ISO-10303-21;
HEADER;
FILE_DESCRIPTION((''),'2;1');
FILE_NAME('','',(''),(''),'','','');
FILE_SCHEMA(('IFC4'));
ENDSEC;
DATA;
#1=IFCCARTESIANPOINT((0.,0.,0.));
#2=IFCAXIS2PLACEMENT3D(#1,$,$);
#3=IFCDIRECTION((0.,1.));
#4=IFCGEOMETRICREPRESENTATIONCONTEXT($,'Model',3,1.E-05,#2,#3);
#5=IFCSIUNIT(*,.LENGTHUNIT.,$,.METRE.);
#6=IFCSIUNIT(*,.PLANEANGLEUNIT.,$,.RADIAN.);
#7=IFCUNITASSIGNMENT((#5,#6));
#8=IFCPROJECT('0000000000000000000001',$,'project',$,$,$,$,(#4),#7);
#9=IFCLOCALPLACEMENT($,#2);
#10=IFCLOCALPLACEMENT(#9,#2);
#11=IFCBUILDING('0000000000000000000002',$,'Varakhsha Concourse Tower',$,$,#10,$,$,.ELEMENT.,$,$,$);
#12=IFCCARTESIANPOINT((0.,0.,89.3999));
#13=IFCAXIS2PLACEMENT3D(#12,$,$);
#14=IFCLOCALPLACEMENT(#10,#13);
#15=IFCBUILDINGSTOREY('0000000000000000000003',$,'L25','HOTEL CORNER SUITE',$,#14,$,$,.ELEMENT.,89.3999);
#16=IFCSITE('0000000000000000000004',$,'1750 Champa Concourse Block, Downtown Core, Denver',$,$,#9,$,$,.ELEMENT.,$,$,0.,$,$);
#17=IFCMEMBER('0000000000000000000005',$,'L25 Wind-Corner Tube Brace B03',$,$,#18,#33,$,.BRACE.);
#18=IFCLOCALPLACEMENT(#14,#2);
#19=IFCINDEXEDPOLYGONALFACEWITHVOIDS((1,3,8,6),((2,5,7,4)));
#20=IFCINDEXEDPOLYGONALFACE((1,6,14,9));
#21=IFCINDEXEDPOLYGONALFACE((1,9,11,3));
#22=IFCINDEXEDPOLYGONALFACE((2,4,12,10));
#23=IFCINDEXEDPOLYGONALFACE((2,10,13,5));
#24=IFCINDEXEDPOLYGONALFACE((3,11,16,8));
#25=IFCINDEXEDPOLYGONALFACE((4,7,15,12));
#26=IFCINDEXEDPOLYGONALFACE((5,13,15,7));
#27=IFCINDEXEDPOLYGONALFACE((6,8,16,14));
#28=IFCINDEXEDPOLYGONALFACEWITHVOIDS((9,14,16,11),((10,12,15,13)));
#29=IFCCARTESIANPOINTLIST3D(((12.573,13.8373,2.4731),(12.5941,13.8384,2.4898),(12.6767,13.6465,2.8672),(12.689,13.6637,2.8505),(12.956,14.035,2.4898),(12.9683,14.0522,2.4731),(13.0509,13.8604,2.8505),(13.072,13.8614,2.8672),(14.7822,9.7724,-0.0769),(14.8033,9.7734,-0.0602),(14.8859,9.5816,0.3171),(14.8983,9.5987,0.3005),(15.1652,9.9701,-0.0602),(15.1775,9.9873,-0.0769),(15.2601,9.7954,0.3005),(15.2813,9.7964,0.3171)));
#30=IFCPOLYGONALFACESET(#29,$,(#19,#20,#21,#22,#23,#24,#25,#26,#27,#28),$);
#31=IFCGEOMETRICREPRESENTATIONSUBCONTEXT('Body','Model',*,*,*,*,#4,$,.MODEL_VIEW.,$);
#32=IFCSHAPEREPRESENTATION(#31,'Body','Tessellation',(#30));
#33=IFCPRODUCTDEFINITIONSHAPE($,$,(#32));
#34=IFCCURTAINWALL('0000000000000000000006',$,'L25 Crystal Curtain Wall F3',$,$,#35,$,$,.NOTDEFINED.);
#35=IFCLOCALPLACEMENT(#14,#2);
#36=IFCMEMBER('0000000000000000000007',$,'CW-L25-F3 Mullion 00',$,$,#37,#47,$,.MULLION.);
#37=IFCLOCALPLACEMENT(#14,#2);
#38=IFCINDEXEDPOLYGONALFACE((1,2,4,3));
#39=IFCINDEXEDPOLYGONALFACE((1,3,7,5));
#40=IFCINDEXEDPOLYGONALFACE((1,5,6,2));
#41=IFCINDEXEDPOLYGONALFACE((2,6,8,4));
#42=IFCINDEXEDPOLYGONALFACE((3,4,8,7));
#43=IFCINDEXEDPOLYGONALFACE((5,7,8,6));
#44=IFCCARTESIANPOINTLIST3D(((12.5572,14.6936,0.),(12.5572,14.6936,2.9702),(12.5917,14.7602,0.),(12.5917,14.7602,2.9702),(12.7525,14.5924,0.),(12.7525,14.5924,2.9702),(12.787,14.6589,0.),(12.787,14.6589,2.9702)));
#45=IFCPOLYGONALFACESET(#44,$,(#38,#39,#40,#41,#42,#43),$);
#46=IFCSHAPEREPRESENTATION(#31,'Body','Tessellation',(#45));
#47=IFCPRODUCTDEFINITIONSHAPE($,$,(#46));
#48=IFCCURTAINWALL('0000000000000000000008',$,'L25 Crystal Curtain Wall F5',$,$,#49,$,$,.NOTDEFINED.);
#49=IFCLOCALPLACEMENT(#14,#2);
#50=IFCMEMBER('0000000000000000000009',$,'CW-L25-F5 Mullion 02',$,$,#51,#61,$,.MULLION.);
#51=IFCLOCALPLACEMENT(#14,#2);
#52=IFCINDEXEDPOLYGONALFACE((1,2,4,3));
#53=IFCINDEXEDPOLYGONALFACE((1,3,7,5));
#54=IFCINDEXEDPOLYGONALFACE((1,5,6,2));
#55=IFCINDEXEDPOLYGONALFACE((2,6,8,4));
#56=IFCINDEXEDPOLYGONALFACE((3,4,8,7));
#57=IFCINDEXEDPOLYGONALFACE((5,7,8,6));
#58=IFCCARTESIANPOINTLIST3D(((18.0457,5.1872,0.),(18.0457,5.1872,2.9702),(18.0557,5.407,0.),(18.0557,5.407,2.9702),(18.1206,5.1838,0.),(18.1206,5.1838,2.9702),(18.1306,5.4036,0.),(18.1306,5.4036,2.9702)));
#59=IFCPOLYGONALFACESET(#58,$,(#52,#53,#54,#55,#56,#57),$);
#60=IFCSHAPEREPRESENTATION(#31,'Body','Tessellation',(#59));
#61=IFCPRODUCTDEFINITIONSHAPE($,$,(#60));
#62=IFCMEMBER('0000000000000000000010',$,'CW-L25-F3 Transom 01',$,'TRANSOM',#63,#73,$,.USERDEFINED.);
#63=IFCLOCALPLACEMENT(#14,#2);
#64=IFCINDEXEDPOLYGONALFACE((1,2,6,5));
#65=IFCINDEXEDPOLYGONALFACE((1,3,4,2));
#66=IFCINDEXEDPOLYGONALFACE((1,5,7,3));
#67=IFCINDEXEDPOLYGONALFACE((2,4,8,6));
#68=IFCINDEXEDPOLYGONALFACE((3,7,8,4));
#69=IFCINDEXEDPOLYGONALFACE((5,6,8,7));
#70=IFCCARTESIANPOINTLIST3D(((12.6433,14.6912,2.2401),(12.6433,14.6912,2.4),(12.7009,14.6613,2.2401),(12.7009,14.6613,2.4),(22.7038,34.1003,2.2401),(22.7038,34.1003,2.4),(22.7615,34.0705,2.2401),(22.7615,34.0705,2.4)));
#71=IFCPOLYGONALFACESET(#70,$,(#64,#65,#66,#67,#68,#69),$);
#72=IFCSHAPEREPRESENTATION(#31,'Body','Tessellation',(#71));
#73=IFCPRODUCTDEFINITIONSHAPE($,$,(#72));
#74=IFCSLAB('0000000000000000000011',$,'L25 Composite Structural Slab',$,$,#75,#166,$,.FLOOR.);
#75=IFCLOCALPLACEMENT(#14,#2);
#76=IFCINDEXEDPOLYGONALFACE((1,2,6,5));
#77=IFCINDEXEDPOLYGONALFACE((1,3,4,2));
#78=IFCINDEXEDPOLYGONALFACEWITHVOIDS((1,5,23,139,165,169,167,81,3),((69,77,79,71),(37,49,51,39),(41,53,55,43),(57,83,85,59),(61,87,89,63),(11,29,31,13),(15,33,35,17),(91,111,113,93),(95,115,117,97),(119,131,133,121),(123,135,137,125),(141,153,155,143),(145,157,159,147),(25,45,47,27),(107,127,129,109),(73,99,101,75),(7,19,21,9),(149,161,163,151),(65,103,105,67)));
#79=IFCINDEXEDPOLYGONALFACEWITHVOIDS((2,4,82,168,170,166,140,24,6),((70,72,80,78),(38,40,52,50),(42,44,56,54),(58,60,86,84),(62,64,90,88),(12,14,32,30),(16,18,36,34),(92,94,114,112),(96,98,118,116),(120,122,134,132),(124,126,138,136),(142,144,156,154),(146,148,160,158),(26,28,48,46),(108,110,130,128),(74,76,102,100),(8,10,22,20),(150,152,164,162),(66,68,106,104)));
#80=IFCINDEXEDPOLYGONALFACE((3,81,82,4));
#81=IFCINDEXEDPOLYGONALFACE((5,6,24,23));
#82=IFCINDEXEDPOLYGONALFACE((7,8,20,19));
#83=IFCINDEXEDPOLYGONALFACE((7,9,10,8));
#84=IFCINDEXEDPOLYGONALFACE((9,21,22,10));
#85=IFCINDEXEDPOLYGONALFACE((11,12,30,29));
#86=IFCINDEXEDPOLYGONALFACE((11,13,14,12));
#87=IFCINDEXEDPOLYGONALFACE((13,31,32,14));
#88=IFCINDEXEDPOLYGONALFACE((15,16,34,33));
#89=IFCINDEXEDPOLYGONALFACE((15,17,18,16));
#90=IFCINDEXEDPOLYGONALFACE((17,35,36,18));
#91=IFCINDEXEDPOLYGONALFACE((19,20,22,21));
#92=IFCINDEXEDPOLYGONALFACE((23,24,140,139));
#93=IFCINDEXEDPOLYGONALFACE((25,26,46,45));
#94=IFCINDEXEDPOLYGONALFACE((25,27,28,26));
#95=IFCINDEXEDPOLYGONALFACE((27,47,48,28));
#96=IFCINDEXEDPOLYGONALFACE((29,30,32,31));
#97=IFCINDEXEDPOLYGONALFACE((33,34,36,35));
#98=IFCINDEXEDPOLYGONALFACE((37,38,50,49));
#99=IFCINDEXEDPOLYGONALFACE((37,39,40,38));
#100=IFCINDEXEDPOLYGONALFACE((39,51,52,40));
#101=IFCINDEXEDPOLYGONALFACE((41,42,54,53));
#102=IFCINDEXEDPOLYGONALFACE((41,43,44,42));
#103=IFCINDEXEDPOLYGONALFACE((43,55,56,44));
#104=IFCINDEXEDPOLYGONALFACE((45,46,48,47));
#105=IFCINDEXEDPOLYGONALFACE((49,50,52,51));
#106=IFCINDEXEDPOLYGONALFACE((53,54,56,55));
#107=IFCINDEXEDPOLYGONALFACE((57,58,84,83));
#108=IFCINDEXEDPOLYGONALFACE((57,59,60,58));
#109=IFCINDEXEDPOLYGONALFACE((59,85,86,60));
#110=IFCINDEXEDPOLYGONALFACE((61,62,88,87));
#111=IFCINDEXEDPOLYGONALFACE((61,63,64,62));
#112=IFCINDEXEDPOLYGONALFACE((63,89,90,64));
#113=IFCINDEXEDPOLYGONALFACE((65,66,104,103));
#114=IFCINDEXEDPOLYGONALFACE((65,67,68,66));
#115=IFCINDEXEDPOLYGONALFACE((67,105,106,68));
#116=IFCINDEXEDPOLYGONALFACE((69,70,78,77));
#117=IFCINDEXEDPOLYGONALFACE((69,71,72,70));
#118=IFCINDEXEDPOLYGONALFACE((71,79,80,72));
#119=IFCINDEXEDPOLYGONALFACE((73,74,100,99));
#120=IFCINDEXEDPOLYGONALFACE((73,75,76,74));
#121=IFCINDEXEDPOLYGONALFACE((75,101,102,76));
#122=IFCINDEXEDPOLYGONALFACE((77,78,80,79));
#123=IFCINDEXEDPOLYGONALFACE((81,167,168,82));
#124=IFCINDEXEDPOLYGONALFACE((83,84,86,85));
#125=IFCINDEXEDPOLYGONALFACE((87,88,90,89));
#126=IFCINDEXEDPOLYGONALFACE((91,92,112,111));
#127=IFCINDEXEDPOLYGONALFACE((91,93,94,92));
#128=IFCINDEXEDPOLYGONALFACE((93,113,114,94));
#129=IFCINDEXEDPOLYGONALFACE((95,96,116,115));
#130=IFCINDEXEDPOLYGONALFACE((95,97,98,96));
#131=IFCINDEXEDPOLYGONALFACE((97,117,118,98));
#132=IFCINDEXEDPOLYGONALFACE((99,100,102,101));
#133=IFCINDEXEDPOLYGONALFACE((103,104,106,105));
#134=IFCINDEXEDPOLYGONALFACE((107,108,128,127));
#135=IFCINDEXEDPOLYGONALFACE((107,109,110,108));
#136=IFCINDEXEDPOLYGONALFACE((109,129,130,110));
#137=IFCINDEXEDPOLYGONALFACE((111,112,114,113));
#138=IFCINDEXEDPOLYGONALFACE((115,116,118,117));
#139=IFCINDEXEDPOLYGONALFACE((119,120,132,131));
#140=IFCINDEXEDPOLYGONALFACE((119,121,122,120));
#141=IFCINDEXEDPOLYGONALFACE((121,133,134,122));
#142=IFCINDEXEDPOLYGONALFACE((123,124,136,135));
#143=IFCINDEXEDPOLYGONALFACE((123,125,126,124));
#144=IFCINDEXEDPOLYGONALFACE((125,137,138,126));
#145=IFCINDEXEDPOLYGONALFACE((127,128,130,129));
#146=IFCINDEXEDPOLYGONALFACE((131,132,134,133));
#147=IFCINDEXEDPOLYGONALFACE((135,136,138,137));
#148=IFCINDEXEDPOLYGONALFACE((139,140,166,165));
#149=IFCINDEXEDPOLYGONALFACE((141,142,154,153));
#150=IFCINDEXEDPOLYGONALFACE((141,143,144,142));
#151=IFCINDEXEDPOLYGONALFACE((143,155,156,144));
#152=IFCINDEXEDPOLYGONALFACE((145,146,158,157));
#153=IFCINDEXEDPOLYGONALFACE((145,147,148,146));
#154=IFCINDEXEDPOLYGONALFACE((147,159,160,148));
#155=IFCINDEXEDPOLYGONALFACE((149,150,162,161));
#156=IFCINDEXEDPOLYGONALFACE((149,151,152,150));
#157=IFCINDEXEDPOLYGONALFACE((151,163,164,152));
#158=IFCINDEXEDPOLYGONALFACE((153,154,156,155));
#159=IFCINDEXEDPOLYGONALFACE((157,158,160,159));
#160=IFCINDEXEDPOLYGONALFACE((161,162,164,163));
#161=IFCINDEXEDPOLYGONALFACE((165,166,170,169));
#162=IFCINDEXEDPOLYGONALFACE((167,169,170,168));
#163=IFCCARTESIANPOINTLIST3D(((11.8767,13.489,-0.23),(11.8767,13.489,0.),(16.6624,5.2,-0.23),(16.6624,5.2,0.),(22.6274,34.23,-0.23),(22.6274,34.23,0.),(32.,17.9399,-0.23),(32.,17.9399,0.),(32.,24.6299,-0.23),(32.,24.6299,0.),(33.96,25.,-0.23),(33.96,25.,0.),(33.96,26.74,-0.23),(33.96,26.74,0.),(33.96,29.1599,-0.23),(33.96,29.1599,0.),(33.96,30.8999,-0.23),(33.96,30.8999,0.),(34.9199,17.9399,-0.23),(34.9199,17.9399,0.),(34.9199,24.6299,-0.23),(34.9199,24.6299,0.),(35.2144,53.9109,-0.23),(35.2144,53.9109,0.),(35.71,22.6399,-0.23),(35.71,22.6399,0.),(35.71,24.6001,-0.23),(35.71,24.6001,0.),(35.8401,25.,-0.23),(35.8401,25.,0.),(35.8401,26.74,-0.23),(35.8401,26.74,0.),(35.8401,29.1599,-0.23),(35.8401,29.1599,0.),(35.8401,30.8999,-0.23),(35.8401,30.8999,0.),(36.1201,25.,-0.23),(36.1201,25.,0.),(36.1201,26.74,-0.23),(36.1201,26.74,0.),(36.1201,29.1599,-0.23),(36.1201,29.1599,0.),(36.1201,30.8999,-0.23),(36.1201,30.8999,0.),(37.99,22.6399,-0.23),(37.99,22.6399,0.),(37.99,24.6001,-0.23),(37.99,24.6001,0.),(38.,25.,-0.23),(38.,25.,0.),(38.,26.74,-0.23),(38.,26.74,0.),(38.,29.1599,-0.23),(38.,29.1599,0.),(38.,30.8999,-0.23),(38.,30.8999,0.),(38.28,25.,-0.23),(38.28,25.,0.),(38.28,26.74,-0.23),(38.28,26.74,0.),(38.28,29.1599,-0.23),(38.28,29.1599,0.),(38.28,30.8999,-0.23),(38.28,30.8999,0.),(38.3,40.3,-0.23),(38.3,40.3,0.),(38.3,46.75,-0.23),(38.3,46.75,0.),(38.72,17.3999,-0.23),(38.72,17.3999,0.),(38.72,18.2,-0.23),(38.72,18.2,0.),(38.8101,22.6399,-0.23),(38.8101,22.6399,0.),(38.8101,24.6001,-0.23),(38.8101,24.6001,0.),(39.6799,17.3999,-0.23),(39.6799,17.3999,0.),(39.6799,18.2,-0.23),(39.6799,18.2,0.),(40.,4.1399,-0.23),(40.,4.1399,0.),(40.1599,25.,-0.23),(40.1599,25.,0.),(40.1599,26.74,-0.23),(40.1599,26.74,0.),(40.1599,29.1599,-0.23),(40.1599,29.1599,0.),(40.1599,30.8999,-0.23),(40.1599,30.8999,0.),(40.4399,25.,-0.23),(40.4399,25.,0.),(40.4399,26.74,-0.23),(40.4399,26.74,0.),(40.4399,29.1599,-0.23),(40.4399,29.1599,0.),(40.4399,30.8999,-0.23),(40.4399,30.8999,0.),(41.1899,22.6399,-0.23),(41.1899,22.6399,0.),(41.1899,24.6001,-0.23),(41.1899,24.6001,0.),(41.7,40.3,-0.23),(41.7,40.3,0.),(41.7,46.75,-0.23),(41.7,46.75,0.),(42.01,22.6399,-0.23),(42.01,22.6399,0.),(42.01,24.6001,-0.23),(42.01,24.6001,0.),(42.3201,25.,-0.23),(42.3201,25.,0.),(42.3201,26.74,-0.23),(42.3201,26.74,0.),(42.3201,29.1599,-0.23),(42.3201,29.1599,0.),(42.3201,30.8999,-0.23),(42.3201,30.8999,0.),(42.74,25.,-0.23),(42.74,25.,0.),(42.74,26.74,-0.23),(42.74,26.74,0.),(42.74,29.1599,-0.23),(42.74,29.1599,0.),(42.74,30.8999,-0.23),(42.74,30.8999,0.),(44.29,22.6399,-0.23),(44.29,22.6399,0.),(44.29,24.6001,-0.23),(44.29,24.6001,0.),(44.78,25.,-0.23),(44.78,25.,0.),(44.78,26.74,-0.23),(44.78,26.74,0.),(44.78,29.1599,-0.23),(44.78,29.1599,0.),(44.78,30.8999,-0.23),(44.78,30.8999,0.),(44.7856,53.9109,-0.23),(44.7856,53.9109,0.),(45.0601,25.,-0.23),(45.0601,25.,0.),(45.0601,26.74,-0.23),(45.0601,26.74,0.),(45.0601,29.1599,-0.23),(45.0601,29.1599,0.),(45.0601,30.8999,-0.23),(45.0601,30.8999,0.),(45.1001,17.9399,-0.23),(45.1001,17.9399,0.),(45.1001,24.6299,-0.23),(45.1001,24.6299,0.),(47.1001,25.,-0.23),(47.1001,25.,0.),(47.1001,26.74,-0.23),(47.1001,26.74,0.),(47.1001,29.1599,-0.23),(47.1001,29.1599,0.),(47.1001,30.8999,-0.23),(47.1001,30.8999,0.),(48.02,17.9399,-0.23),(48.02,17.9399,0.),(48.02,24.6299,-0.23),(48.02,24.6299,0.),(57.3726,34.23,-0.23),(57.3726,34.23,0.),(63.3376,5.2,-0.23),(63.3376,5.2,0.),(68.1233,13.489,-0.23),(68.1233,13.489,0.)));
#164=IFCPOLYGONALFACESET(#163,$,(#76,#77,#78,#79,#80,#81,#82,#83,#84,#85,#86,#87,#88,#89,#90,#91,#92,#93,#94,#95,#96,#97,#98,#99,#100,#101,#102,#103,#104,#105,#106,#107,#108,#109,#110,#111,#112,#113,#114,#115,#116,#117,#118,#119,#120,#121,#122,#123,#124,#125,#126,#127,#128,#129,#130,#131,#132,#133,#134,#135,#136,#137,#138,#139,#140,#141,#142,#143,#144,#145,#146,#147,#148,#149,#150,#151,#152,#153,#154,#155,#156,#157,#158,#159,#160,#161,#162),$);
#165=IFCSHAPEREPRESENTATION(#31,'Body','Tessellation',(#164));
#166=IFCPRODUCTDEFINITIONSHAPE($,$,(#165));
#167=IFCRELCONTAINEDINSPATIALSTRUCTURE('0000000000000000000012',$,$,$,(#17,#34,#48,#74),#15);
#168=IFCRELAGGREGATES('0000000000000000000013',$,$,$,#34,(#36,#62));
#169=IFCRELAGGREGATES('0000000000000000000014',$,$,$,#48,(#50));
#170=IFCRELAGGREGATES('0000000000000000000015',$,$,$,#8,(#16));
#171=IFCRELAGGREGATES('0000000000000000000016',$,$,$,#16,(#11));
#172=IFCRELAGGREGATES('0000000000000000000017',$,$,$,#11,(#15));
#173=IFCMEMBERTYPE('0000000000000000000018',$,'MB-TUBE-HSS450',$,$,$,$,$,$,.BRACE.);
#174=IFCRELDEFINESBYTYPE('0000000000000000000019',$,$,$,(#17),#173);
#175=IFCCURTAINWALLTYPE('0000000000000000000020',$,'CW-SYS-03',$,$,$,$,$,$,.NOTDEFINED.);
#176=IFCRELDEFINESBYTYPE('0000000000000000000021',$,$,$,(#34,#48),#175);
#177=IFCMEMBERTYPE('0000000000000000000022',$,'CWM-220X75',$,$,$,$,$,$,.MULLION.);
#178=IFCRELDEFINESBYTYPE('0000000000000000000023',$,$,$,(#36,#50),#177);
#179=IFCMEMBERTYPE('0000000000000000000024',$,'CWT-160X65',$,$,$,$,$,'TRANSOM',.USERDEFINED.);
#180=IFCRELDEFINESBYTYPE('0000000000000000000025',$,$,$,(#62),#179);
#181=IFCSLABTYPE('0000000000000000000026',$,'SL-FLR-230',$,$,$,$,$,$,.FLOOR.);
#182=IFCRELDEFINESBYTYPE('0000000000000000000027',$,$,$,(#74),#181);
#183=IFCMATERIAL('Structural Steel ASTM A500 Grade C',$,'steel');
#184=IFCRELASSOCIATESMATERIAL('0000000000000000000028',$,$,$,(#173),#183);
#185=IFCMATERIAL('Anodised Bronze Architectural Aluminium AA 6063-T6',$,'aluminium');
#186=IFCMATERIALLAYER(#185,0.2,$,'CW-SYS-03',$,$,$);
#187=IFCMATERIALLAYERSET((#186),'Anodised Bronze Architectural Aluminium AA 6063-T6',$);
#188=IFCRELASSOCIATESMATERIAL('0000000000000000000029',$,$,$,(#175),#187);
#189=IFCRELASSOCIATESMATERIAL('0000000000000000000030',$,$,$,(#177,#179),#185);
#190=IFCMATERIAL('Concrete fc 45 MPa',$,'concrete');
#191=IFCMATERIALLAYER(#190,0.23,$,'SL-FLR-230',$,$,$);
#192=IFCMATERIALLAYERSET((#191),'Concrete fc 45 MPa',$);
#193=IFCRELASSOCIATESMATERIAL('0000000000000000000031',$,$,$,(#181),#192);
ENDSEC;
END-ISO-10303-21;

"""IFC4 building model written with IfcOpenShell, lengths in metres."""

from ifc_helpers import new_model, si_unit, direction, frame, origin, origin_2d, place, context, subcontext, project, spatial, polyline, rectangle, hollow_rectangle, outline, extrude, source, transform, mapped, material, layer, layer_set, material_profile, profile_set, type_object, type_shapes, element, aggregate, save


model = new_model("IFC4")

# Units and contexts
model_context = context("Model", 3, precision=1e-05, world=origin(), true_north=direction((0.0, 1.0)))
body_context = subcontext(model_context, "Body", "Model", "MODEL_VIEW")
ifc_project = project(units=[si_unit("LENGTHUNIT", "METRE"), si_unit("PLANEANGLEUNIT", "RADIAN")], contexts=[model_context])

# Site, building, storey
site_placement = place(None, origin())
site = spatial("IfcSite", under=ifc_project, at=site_placement, Name="1750 Champa Concourse Block, Downtown Core, Denver", CompositionType="ELEMENT", RefElevation=0.0)
building_placement = place(site_placement, origin())
building = spatial("IfcBuilding", under=site, at=building_placement, Name="Varakhsha Concourse Tower", CompositionType="ELEMENT")
storey_placement = place(building_placement, frame((0.0, 0.0, 89.3999)))
storey = spatial("IfcBuildingStorey", under=building, at=storey_placement, Name="L25", Description="HOTEL CORNER SUITE", CompositionType="ELEMENT", Elevation=89.3999)

# Member
ifc_material_1 = material(Name="Structural Steel ASTM A500 Grade C", Category="steel")
ifc_material_profile_1 = material_profile(ifc_material_1, hollow_rectangle(XDim=0.45, YDim=0.45, WallThickness=0.019, at=origin_2d()), Name="HSS 450x450x19")
ifc_profile_set_1 = profile_set([ifc_material_profile_1], Name="Structural Steel ASTM A500 Grade C")
member_type_1 = type_object("IfcMemberType", Name="MB-TUBE-HSS450", PredefinedType="BRACE", material=ifc_profile_set_1)
shared_shape_1 = source(origin(), body_context, "Body", "SweptSolid", [
    extrude(hollow_rectangle(XDim=0.45, YDim=0.45, WallThickness=0.019, at=origin_2d()), origin(), (0.0, 0.0, 1.0), 5.2827),
])
member_1_placement = place(storey_placement, frame((15.0317, 9.7844, 0.1201), z_axis=(-0.418199, 0.769478, 0.482715), x_axis=(-0.878623, -0.477517, 0.0)))
element("IfcMember", 1, at=member_1_placement, inside=storey, type_object=member_type_1, Name="L25 Wind-Corner Tube Brace B03", PredefinedType="BRACE", context=body_context, shape_type="MappedRepresentation", body=[
    mapped(shared_shape_1, transform((0.0, 0.0, 0.0), scale=1.0)),
])

# Curtain walls, members
ifc_material_2 = material(Name="Anodised Bronze Architectural Aluminium AA 6063-T6", Category="aluminium")
ifc_layer_1 = layer(ifc_material_2, 0.2, Name="CW-SYS-03")
ifc_layer_set_1 = layer_set([ifc_layer_1], Name="Anodised Bronze Architectural Aluminium AA 6063-T6")
curtain_wall_type = type_object("IfcCurtainWallType", Name="CW-SYS-03", PredefinedType="NOTDEFINED", material=ifc_layer_set_1)
curtain_wall_1_placement = place(storey_placement, origin())
curtain_wall_1 = element("IfcCurtainWall", 2, at=curtain_wall_1_placement, inside=storey, type_object=curtain_wall_type, Name="L25 Crystal Curtain Wall F3", PredefinedType="NOTDEFINED")
ifc_material_profile_2 = material_profile(ifc_material_2, rectangle(XDim=0.075, YDim=0.22, at=origin_2d()), Name="CWM-220X75")
ifc_profile_set_2 = profile_set([ifc_material_profile_2], Name="Anodised Bronze Architectural Aluminium AA 6063-T6")
member_type_2 = type_object("IfcMemberType", Name="CWM-220X75", PredefinedType="MULLION", material=ifc_profile_set_2)
shared_shape_2 = source(origin(), body_context, "Body", "SweptSolid", [
    extrude(rectangle(XDim=0.075, YDim=0.22, at=origin_2d()), origin(), (0.0, 0.0, 1.0), 2.9702),
])
type_shapes(member_type_2, [shared_shape_2])
member_2_placement = place(storey_placement, frame((12.6721, 14.6763, 0.0), z_axis=(0.0, 0.0, 1.0), x_axis=(0.460186, 0.887823, 0.0)))
member_2 = element("IfcMember", 3, at=member_2_placement, type_object=member_type_2, Name="CW-L25-F3 Mullion 00", PredefinedType="MULLION", context=body_context, shape_type="MappedRepresentation", body=[
    mapped(shared_shape_2, transform((0.0, 0.0, 0.0), scale=1.0)),
])
curtain_wall_2_placement = place(storey_placement, origin())
curtain_wall_2 = element("IfcCurtainWall", 4, at=curtain_wall_2_placement, inside=storey, type_object=curtain_wall_type, Name="L25 Crystal Curtain Wall F5", PredefinedType="NOTDEFINED")
member_3_placement = place(storey_placement, frame((18.0881, 5.2954, 0.0), z_axis=(0.0, 0.0, 1.0), x_axis=(-0.99897, 0.04538, 0.0)))
member_3 = element("IfcMember", 5, at=member_3_placement, type_object=member_type_2, Name="CW-L25-F5 Mullion 02", PredefinedType="MULLION", context=body_context, shape_type="MappedRepresentation", body=[
    mapped(shared_shape_2, transform((0.0, 0.0, 0.0), scale=1.0)),
])

# Member
ifc_material_profile_3 = material_profile(ifc_material_2, rectangle(XDim=0.0649, YDim=0.1599, at=origin_2d()), Name="CWT-160X65")
ifc_profile_set_3 = profile_set([ifc_material_profile_3], Name="Anodised Bronze Architectural Aluminium AA 6063-T6")
member_type_3 = type_object("IfcMemberType", Name="CWT-160X65", ElementType="TRANSOM", PredefinedType="USERDEFINED", material=ifc_profile_set_3)
shared_shape_3 = source(origin(), body_context, "Body", "SweptSolid", [
    extrude(rectangle(XDim=0.0649, YDim=0.1599, at=origin_2d()), origin(), (0.0, 0.0, 1.0), 21.8616),
])
type_shapes(member_type_3, [shared_shape_3])
member_4_placement = place(storey_placement, frame((12.6721, 14.6763, 2.3201), z_axis=(0.460192, 0.887819, 0.0), x_axis=(-0.887819, 0.460192, 0.0)))
member_4 = element("IfcMember", 6, at=member_4_placement, type_object=member_type_3, Name="CW-L25-F3 Transom 01", ObjectType="TRANSOM", PredefinedType="USERDEFINED", context=body_context, shape_type="MappedRepresentation", body=[
    mapped(shared_shape_3, transform((0.0, 0.0, 0.0), scale=1.0)),
])

# Slab
ifc_material_3 = material(Name="Concrete fc 45 MPa", Category="concrete")
ifc_layer_2 = layer(ifc_material_3, 0.23, Name="SL-FLR-230")
ifc_layer_set_2 = layer_set([ifc_layer_2], Name="Concrete fc 45 MPa")
slab_type_1 = type_object("IfcSlabType", Name="SL-FLR-230", PredefinedType="FLOOR", material=ifc_layer_set_2)
slab_1_placement = place(storey_placement, frame((0.0, 0.0, -0.23)))
element("IfcSlab", 7, at=slab_1_placement, inside=storey, type_object=slab_type_1, Name="L25 Composite Structural Slab", PredefinedType="FLOOR", context=body_context, shape_type="SweptSolid", body=[
    extrude(outline(polyline([(44.7856, 53.9109), (35.2144, 53.9109), (22.6274, 34.23), (11.8767, 13.489), (16.6624, 5.2), (40.0, 4.1399), (63.3376, 5.2), (68.1233, 13.489), (57.3726, 34.23), (44.7856, 53.9109)]), holes=[polyline([(34.9199, 17.9399), (34.9199, 24.6299), (32.0, 24.6299), (32.0, 17.9399), (34.9199, 17.9399)]), polyline([(48.02, 17.9399), (48.02, 24.6299), (45.1001, 24.6299), (45.1001, 17.9399), (48.02, 17.9399)]), polyline([(41.7, 40.3), (41.7, 46.75), (38.3, 46.75), (38.3, 40.3), (41.7, 40.3)]), polyline([(33.96, 29.1599), (35.8401, 29.1599), (35.8401, 30.8999), (33.96, 30.8999), (33.96, 29.1599)]), polyline([(36.1201, 29.1599), (38.0, 29.1599), (38.0, 30.8999), (36.1201, 30.8999), (36.1201, 29.1599)]), polyline([(38.28, 29.1599), (40.1599, 29.1599), (40.1599, 30.8999), (38.28, 30.8999), (38.28, 29.1599)]), polyline([(40.4399, 29.1599), (42.3201, 29.1599), (42.3201, 30.8999), (40.4399, 30.8999), (40.4399, 29.1599)]), polyline([(33.96, 25.0), (35.8401, 25.0), (35.8401, 26.74), (33.96, 26.74), (33.96, 25.0)]), polyline([(36.1201, 25.0), (38.0, 25.0), (38.0, 26.74), (36.1201, 26.74), (36.1201, 25.0)]), polyline([(38.28, 25.0), (40.1599, 25.0), (40.1599, 26.74), (38.28, 26.74), (38.28, 25.0)]), polyline([(40.4399, 25.0), (42.3201, 25.0), (42.3201, 26.74), (40.4399, 26.74), (40.4399, 25.0)]), polyline([(42.74, 29.1599), (44.78, 29.1599), (44.78, 30.8999), (42.74, 30.8999), (42.74, 29.1599)]), polyline([(45.0601, 29.1599), (47.1001, 29.1599), (47.1001, 30.8999), (45.0601, 30.8999), (45.0601, 29.1599)]), polyline([(42.74, 25.0), (44.78, 25.0), (44.78, 26.74), (42.74, 26.74), (42.74, 25.0)]), polyline([(45.0601, 25.0), (47.1001, 25.0), (47.1001, 26.74), (45.0601, 26.74), (45.0601, 25.0)]), polyline([(35.71, 22.6399), (37.99, 22.6399), (37.99, 24.6001), (35.71, 24.6001), (35.71, 22.6399)]), polyline([(42.01, 22.6399), (44.29, 22.6399), (44.29, 24.6001), (42.01, 24.6001), (42.01, 22.6399)]), polyline([(38.8101, 22.6399), (41.1899, 22.6399), (41.1899, 24.6001), (38.8101, 24.6001), (38.8101, 22.6399)]), polyline([(38.72, 17.3999), (39.6799, 17.3999), (39.6799, 18.2), (38.72, 18.2), (38.72, 17.3999)])]), origin(), (0.0, 0.0, 1.0), 0.23),
])

aggregate(curtain_wall_1, [member_2, member_4])
aggregate(curtain_wall_2, [member_3])

save(model, "model.ifc")
